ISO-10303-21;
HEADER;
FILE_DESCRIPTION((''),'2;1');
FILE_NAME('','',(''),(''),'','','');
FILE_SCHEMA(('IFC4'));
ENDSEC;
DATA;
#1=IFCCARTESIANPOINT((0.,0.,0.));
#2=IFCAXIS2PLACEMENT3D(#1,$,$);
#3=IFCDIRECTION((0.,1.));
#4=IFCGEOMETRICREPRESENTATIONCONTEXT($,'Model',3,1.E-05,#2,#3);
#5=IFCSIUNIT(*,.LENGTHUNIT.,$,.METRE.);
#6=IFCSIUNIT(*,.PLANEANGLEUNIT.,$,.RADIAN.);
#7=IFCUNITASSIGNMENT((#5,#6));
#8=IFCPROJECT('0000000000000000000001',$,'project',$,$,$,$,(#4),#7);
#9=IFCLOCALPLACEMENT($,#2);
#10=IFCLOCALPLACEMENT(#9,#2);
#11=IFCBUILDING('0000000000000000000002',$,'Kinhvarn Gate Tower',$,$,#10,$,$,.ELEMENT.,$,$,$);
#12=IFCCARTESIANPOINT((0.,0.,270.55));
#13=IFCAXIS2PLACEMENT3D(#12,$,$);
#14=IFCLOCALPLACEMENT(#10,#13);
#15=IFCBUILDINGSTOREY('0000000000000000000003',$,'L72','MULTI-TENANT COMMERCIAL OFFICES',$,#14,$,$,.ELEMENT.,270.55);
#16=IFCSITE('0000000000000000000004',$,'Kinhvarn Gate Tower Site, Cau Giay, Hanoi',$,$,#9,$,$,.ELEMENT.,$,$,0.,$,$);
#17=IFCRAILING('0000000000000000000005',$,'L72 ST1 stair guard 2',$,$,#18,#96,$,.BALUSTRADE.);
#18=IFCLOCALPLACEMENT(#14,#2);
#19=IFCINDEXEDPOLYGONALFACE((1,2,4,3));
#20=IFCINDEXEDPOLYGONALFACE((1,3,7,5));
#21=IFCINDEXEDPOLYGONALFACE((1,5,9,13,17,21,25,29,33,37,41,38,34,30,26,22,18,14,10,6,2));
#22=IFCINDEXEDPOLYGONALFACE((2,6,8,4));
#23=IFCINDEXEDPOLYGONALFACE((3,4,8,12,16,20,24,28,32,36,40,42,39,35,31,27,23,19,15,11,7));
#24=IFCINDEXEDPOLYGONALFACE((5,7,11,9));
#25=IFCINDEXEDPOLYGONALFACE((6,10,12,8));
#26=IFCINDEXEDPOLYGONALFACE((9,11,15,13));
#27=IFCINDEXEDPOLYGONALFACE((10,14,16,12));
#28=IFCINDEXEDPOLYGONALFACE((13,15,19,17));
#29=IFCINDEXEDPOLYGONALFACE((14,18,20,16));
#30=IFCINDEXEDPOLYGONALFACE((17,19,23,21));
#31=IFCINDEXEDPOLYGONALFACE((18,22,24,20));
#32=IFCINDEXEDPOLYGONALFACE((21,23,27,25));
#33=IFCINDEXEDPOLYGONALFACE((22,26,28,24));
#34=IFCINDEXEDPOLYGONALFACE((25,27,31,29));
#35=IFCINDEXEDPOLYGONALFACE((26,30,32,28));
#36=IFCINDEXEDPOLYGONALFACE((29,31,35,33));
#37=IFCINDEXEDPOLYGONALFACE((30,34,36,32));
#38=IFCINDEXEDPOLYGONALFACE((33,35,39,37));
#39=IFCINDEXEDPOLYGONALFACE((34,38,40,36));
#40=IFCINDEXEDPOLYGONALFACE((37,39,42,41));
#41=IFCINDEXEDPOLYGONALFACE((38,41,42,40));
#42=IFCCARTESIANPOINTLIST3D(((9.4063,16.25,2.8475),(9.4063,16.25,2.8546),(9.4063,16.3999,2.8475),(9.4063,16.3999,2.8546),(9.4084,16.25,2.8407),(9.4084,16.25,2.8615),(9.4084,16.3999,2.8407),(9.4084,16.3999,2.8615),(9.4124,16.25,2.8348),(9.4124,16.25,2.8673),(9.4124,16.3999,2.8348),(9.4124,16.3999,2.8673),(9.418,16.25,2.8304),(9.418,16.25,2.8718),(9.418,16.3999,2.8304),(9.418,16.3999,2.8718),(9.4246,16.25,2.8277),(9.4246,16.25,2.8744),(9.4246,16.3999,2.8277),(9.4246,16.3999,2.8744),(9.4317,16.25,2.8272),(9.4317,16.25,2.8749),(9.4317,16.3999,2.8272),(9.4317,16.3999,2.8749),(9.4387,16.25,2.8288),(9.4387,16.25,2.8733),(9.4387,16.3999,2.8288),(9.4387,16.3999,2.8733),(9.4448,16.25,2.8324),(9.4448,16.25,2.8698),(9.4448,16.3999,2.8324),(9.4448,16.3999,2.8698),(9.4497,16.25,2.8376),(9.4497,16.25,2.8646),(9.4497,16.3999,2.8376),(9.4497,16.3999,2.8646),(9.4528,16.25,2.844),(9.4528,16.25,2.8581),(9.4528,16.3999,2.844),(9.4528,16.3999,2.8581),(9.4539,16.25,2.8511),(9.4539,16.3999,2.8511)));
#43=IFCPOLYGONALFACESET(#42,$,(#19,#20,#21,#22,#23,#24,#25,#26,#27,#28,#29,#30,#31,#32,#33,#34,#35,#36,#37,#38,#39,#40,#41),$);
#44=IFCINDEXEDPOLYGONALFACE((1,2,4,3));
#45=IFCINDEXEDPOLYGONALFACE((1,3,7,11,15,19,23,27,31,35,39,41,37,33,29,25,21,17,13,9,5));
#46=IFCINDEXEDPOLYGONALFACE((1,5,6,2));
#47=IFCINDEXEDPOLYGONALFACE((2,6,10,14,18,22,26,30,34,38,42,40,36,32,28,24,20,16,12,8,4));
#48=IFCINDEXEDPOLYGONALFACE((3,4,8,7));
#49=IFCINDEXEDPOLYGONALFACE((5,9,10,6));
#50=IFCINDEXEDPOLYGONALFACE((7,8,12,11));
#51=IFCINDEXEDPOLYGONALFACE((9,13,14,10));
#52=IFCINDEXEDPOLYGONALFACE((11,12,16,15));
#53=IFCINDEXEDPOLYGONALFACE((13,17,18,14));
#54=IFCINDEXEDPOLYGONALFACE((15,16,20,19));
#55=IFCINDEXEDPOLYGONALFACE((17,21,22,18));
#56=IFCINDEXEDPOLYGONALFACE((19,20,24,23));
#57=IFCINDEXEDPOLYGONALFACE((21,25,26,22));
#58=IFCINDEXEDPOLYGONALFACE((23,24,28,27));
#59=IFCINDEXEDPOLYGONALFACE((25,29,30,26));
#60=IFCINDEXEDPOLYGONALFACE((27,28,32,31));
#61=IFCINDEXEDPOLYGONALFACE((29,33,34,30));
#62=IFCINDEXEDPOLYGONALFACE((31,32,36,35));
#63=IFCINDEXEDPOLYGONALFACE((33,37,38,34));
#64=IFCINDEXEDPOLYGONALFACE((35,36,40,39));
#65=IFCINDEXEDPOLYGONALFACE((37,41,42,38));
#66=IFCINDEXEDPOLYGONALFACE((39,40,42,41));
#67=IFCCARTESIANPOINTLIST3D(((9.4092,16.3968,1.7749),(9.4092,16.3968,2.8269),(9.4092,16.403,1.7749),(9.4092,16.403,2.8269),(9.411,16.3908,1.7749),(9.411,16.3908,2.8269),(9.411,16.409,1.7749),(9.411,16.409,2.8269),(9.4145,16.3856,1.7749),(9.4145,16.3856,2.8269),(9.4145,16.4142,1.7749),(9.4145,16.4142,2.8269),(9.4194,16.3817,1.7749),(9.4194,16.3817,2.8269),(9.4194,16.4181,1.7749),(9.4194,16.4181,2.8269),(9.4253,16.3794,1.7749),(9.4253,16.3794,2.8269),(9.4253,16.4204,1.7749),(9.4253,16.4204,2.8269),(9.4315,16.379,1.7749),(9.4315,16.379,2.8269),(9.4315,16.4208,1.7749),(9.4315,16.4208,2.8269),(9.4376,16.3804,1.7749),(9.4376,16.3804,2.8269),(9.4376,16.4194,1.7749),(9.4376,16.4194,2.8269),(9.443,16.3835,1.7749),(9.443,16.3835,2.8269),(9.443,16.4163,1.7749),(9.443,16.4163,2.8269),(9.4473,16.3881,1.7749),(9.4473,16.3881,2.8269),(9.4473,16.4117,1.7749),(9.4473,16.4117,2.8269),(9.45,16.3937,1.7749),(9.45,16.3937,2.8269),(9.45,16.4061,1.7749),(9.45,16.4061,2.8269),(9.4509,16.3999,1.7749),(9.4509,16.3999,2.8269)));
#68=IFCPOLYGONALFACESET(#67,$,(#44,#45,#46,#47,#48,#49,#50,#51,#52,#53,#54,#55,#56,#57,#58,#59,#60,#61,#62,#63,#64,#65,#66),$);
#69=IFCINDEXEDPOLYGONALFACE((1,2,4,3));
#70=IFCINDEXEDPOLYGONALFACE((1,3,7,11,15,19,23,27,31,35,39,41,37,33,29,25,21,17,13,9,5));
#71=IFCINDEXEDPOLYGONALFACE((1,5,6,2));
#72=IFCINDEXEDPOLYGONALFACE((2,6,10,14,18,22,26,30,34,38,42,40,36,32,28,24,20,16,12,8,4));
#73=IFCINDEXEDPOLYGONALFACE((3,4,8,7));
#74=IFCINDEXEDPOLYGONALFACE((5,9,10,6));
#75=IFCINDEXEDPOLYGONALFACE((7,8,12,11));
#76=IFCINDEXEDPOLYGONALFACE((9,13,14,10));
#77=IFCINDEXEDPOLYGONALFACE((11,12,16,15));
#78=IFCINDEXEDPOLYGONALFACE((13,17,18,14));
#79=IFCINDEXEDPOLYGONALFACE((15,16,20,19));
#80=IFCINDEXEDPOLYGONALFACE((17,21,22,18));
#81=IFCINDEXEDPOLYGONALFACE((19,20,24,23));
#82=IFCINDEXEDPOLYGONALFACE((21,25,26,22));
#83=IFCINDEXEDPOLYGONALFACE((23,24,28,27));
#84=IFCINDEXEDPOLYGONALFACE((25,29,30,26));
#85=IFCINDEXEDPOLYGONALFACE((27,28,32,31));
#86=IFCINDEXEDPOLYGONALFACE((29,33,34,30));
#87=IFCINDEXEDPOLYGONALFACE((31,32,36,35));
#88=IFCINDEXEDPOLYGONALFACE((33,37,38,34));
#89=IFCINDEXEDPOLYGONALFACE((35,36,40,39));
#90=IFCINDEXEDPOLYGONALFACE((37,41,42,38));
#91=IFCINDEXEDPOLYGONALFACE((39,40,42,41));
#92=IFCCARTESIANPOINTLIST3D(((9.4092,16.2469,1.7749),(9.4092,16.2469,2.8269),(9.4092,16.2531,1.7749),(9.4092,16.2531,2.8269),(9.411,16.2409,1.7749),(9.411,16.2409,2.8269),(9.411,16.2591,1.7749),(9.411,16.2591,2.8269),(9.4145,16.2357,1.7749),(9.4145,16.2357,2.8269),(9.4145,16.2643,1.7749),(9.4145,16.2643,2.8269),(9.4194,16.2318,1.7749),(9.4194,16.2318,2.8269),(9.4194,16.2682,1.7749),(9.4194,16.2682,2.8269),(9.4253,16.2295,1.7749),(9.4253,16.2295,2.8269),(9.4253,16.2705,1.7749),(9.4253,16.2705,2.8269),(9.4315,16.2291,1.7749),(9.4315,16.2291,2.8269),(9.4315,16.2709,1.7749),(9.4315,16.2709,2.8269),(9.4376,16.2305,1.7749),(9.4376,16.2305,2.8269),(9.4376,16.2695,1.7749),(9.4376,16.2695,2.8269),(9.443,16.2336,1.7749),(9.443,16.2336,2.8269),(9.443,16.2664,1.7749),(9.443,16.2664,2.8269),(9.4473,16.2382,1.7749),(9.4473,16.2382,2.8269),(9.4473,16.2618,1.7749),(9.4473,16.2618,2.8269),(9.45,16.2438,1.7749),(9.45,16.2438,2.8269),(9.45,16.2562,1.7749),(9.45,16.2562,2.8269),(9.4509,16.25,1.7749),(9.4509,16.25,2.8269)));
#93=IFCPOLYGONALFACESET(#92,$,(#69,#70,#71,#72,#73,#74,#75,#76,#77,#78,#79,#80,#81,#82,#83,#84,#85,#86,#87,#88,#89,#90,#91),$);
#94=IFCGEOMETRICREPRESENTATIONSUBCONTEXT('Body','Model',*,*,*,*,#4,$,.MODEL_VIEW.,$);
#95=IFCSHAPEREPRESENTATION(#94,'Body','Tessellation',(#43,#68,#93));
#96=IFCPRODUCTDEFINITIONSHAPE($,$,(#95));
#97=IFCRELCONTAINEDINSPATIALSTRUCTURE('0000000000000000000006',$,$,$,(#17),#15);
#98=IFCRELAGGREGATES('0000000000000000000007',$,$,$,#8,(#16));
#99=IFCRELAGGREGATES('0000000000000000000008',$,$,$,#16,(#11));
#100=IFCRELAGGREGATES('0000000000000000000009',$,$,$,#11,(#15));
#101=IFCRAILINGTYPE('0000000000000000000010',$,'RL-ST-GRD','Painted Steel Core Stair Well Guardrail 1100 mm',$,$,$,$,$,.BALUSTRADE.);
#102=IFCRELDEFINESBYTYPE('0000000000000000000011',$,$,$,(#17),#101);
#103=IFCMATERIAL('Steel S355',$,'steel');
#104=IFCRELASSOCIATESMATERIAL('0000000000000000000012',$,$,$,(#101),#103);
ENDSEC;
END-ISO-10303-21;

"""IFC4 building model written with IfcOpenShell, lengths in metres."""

from ifc_helpers import new_model, si_unit, direction, frame, origin, origin_2d, place, context, subcontext, project, spatial, circle, extrude, material, type_object, element, save


model = new_model("IFC4")

# Units and contexts
model_context = context("Model", 3, precision=1e-05, world=origin(), true_north=direction((0.0, 1.0)))
body_context = subcontext(model_context, "Body", "Model", "MODEL_VIEW")
ifc_project = project(units=[si_unit("LENGTHUNIT", "METRE"), si_unit("PLANEANGLEUNIT", "RADIAN")], contexts=[model_context])

# Site, building, storey
site_placement = place(None, origin())
site = spatial("IfcSite", under=ifc_project, at=site_placement, Name="Kinhvarn Gate Tower Site, Cau Giay, Hanoi", CompositionType="ELEMENT", RefElevation=0.0)
building_placement = place(site_placement, origin())
building = spatial("IfcBuilding", under=site, at=building_placement, Name="Kinhvarn Gate Tower", CompositionType="ELEMENT")
storey_placement = place(building_placement, frame((0.0, 0.0, 270.55)))
storey = spatial("IfcBuildingStorey", under=building, at=storey_placement, Name="L72", Description="MULTI-TENANT COMMERCIAL OFFICES", CompositionType="ELEMENT", Elevation=270.55)

# Shared definitions
ifc_material_1 = material(Name="Steel S355", Category="steel")

# Railing
railing_type_1 = type_object("IfcRailingType", Name="RL-ST-GRD", Description="Painted Steel Core Stair Well Guardrail 1100 mm", PredefinedType="BALUSTRADE", material=ifc_material_1)
railing_1_placement = place(storey_placement, frame((9.4299, 16.3999, 1.7749)))
element("IfcRailing", 1, at=railing_1_placement, inside=storey, type_object=railing_type_1, Name="L72 ST1 stair guard 2", PredefinedType="BALUSTRADE", context=body_context, shape_type="SweptSolid", body=[
    extrude(circle(Radius=0.0239, at=origin_2d()), frame((0.0, 0.0, 1.0762), z_axis=(0.0, -1.0, 0.0), x_axis=(1.0, 0.0, 0.0)), (0.0, 0.0, 1.0), 0.1499),
    extrude(circle(Radius=0.021, at=origin_2d()), origin(), (0.0, 0.0, 1.0), 1.052),
    extrude(circle(Radius=0.021, at=origin_2d()), frame((0.0, -0.1499, 0.0)), (0.0, 0.0, 1.0), 1.052),
])

save(model, "model.ifc")
